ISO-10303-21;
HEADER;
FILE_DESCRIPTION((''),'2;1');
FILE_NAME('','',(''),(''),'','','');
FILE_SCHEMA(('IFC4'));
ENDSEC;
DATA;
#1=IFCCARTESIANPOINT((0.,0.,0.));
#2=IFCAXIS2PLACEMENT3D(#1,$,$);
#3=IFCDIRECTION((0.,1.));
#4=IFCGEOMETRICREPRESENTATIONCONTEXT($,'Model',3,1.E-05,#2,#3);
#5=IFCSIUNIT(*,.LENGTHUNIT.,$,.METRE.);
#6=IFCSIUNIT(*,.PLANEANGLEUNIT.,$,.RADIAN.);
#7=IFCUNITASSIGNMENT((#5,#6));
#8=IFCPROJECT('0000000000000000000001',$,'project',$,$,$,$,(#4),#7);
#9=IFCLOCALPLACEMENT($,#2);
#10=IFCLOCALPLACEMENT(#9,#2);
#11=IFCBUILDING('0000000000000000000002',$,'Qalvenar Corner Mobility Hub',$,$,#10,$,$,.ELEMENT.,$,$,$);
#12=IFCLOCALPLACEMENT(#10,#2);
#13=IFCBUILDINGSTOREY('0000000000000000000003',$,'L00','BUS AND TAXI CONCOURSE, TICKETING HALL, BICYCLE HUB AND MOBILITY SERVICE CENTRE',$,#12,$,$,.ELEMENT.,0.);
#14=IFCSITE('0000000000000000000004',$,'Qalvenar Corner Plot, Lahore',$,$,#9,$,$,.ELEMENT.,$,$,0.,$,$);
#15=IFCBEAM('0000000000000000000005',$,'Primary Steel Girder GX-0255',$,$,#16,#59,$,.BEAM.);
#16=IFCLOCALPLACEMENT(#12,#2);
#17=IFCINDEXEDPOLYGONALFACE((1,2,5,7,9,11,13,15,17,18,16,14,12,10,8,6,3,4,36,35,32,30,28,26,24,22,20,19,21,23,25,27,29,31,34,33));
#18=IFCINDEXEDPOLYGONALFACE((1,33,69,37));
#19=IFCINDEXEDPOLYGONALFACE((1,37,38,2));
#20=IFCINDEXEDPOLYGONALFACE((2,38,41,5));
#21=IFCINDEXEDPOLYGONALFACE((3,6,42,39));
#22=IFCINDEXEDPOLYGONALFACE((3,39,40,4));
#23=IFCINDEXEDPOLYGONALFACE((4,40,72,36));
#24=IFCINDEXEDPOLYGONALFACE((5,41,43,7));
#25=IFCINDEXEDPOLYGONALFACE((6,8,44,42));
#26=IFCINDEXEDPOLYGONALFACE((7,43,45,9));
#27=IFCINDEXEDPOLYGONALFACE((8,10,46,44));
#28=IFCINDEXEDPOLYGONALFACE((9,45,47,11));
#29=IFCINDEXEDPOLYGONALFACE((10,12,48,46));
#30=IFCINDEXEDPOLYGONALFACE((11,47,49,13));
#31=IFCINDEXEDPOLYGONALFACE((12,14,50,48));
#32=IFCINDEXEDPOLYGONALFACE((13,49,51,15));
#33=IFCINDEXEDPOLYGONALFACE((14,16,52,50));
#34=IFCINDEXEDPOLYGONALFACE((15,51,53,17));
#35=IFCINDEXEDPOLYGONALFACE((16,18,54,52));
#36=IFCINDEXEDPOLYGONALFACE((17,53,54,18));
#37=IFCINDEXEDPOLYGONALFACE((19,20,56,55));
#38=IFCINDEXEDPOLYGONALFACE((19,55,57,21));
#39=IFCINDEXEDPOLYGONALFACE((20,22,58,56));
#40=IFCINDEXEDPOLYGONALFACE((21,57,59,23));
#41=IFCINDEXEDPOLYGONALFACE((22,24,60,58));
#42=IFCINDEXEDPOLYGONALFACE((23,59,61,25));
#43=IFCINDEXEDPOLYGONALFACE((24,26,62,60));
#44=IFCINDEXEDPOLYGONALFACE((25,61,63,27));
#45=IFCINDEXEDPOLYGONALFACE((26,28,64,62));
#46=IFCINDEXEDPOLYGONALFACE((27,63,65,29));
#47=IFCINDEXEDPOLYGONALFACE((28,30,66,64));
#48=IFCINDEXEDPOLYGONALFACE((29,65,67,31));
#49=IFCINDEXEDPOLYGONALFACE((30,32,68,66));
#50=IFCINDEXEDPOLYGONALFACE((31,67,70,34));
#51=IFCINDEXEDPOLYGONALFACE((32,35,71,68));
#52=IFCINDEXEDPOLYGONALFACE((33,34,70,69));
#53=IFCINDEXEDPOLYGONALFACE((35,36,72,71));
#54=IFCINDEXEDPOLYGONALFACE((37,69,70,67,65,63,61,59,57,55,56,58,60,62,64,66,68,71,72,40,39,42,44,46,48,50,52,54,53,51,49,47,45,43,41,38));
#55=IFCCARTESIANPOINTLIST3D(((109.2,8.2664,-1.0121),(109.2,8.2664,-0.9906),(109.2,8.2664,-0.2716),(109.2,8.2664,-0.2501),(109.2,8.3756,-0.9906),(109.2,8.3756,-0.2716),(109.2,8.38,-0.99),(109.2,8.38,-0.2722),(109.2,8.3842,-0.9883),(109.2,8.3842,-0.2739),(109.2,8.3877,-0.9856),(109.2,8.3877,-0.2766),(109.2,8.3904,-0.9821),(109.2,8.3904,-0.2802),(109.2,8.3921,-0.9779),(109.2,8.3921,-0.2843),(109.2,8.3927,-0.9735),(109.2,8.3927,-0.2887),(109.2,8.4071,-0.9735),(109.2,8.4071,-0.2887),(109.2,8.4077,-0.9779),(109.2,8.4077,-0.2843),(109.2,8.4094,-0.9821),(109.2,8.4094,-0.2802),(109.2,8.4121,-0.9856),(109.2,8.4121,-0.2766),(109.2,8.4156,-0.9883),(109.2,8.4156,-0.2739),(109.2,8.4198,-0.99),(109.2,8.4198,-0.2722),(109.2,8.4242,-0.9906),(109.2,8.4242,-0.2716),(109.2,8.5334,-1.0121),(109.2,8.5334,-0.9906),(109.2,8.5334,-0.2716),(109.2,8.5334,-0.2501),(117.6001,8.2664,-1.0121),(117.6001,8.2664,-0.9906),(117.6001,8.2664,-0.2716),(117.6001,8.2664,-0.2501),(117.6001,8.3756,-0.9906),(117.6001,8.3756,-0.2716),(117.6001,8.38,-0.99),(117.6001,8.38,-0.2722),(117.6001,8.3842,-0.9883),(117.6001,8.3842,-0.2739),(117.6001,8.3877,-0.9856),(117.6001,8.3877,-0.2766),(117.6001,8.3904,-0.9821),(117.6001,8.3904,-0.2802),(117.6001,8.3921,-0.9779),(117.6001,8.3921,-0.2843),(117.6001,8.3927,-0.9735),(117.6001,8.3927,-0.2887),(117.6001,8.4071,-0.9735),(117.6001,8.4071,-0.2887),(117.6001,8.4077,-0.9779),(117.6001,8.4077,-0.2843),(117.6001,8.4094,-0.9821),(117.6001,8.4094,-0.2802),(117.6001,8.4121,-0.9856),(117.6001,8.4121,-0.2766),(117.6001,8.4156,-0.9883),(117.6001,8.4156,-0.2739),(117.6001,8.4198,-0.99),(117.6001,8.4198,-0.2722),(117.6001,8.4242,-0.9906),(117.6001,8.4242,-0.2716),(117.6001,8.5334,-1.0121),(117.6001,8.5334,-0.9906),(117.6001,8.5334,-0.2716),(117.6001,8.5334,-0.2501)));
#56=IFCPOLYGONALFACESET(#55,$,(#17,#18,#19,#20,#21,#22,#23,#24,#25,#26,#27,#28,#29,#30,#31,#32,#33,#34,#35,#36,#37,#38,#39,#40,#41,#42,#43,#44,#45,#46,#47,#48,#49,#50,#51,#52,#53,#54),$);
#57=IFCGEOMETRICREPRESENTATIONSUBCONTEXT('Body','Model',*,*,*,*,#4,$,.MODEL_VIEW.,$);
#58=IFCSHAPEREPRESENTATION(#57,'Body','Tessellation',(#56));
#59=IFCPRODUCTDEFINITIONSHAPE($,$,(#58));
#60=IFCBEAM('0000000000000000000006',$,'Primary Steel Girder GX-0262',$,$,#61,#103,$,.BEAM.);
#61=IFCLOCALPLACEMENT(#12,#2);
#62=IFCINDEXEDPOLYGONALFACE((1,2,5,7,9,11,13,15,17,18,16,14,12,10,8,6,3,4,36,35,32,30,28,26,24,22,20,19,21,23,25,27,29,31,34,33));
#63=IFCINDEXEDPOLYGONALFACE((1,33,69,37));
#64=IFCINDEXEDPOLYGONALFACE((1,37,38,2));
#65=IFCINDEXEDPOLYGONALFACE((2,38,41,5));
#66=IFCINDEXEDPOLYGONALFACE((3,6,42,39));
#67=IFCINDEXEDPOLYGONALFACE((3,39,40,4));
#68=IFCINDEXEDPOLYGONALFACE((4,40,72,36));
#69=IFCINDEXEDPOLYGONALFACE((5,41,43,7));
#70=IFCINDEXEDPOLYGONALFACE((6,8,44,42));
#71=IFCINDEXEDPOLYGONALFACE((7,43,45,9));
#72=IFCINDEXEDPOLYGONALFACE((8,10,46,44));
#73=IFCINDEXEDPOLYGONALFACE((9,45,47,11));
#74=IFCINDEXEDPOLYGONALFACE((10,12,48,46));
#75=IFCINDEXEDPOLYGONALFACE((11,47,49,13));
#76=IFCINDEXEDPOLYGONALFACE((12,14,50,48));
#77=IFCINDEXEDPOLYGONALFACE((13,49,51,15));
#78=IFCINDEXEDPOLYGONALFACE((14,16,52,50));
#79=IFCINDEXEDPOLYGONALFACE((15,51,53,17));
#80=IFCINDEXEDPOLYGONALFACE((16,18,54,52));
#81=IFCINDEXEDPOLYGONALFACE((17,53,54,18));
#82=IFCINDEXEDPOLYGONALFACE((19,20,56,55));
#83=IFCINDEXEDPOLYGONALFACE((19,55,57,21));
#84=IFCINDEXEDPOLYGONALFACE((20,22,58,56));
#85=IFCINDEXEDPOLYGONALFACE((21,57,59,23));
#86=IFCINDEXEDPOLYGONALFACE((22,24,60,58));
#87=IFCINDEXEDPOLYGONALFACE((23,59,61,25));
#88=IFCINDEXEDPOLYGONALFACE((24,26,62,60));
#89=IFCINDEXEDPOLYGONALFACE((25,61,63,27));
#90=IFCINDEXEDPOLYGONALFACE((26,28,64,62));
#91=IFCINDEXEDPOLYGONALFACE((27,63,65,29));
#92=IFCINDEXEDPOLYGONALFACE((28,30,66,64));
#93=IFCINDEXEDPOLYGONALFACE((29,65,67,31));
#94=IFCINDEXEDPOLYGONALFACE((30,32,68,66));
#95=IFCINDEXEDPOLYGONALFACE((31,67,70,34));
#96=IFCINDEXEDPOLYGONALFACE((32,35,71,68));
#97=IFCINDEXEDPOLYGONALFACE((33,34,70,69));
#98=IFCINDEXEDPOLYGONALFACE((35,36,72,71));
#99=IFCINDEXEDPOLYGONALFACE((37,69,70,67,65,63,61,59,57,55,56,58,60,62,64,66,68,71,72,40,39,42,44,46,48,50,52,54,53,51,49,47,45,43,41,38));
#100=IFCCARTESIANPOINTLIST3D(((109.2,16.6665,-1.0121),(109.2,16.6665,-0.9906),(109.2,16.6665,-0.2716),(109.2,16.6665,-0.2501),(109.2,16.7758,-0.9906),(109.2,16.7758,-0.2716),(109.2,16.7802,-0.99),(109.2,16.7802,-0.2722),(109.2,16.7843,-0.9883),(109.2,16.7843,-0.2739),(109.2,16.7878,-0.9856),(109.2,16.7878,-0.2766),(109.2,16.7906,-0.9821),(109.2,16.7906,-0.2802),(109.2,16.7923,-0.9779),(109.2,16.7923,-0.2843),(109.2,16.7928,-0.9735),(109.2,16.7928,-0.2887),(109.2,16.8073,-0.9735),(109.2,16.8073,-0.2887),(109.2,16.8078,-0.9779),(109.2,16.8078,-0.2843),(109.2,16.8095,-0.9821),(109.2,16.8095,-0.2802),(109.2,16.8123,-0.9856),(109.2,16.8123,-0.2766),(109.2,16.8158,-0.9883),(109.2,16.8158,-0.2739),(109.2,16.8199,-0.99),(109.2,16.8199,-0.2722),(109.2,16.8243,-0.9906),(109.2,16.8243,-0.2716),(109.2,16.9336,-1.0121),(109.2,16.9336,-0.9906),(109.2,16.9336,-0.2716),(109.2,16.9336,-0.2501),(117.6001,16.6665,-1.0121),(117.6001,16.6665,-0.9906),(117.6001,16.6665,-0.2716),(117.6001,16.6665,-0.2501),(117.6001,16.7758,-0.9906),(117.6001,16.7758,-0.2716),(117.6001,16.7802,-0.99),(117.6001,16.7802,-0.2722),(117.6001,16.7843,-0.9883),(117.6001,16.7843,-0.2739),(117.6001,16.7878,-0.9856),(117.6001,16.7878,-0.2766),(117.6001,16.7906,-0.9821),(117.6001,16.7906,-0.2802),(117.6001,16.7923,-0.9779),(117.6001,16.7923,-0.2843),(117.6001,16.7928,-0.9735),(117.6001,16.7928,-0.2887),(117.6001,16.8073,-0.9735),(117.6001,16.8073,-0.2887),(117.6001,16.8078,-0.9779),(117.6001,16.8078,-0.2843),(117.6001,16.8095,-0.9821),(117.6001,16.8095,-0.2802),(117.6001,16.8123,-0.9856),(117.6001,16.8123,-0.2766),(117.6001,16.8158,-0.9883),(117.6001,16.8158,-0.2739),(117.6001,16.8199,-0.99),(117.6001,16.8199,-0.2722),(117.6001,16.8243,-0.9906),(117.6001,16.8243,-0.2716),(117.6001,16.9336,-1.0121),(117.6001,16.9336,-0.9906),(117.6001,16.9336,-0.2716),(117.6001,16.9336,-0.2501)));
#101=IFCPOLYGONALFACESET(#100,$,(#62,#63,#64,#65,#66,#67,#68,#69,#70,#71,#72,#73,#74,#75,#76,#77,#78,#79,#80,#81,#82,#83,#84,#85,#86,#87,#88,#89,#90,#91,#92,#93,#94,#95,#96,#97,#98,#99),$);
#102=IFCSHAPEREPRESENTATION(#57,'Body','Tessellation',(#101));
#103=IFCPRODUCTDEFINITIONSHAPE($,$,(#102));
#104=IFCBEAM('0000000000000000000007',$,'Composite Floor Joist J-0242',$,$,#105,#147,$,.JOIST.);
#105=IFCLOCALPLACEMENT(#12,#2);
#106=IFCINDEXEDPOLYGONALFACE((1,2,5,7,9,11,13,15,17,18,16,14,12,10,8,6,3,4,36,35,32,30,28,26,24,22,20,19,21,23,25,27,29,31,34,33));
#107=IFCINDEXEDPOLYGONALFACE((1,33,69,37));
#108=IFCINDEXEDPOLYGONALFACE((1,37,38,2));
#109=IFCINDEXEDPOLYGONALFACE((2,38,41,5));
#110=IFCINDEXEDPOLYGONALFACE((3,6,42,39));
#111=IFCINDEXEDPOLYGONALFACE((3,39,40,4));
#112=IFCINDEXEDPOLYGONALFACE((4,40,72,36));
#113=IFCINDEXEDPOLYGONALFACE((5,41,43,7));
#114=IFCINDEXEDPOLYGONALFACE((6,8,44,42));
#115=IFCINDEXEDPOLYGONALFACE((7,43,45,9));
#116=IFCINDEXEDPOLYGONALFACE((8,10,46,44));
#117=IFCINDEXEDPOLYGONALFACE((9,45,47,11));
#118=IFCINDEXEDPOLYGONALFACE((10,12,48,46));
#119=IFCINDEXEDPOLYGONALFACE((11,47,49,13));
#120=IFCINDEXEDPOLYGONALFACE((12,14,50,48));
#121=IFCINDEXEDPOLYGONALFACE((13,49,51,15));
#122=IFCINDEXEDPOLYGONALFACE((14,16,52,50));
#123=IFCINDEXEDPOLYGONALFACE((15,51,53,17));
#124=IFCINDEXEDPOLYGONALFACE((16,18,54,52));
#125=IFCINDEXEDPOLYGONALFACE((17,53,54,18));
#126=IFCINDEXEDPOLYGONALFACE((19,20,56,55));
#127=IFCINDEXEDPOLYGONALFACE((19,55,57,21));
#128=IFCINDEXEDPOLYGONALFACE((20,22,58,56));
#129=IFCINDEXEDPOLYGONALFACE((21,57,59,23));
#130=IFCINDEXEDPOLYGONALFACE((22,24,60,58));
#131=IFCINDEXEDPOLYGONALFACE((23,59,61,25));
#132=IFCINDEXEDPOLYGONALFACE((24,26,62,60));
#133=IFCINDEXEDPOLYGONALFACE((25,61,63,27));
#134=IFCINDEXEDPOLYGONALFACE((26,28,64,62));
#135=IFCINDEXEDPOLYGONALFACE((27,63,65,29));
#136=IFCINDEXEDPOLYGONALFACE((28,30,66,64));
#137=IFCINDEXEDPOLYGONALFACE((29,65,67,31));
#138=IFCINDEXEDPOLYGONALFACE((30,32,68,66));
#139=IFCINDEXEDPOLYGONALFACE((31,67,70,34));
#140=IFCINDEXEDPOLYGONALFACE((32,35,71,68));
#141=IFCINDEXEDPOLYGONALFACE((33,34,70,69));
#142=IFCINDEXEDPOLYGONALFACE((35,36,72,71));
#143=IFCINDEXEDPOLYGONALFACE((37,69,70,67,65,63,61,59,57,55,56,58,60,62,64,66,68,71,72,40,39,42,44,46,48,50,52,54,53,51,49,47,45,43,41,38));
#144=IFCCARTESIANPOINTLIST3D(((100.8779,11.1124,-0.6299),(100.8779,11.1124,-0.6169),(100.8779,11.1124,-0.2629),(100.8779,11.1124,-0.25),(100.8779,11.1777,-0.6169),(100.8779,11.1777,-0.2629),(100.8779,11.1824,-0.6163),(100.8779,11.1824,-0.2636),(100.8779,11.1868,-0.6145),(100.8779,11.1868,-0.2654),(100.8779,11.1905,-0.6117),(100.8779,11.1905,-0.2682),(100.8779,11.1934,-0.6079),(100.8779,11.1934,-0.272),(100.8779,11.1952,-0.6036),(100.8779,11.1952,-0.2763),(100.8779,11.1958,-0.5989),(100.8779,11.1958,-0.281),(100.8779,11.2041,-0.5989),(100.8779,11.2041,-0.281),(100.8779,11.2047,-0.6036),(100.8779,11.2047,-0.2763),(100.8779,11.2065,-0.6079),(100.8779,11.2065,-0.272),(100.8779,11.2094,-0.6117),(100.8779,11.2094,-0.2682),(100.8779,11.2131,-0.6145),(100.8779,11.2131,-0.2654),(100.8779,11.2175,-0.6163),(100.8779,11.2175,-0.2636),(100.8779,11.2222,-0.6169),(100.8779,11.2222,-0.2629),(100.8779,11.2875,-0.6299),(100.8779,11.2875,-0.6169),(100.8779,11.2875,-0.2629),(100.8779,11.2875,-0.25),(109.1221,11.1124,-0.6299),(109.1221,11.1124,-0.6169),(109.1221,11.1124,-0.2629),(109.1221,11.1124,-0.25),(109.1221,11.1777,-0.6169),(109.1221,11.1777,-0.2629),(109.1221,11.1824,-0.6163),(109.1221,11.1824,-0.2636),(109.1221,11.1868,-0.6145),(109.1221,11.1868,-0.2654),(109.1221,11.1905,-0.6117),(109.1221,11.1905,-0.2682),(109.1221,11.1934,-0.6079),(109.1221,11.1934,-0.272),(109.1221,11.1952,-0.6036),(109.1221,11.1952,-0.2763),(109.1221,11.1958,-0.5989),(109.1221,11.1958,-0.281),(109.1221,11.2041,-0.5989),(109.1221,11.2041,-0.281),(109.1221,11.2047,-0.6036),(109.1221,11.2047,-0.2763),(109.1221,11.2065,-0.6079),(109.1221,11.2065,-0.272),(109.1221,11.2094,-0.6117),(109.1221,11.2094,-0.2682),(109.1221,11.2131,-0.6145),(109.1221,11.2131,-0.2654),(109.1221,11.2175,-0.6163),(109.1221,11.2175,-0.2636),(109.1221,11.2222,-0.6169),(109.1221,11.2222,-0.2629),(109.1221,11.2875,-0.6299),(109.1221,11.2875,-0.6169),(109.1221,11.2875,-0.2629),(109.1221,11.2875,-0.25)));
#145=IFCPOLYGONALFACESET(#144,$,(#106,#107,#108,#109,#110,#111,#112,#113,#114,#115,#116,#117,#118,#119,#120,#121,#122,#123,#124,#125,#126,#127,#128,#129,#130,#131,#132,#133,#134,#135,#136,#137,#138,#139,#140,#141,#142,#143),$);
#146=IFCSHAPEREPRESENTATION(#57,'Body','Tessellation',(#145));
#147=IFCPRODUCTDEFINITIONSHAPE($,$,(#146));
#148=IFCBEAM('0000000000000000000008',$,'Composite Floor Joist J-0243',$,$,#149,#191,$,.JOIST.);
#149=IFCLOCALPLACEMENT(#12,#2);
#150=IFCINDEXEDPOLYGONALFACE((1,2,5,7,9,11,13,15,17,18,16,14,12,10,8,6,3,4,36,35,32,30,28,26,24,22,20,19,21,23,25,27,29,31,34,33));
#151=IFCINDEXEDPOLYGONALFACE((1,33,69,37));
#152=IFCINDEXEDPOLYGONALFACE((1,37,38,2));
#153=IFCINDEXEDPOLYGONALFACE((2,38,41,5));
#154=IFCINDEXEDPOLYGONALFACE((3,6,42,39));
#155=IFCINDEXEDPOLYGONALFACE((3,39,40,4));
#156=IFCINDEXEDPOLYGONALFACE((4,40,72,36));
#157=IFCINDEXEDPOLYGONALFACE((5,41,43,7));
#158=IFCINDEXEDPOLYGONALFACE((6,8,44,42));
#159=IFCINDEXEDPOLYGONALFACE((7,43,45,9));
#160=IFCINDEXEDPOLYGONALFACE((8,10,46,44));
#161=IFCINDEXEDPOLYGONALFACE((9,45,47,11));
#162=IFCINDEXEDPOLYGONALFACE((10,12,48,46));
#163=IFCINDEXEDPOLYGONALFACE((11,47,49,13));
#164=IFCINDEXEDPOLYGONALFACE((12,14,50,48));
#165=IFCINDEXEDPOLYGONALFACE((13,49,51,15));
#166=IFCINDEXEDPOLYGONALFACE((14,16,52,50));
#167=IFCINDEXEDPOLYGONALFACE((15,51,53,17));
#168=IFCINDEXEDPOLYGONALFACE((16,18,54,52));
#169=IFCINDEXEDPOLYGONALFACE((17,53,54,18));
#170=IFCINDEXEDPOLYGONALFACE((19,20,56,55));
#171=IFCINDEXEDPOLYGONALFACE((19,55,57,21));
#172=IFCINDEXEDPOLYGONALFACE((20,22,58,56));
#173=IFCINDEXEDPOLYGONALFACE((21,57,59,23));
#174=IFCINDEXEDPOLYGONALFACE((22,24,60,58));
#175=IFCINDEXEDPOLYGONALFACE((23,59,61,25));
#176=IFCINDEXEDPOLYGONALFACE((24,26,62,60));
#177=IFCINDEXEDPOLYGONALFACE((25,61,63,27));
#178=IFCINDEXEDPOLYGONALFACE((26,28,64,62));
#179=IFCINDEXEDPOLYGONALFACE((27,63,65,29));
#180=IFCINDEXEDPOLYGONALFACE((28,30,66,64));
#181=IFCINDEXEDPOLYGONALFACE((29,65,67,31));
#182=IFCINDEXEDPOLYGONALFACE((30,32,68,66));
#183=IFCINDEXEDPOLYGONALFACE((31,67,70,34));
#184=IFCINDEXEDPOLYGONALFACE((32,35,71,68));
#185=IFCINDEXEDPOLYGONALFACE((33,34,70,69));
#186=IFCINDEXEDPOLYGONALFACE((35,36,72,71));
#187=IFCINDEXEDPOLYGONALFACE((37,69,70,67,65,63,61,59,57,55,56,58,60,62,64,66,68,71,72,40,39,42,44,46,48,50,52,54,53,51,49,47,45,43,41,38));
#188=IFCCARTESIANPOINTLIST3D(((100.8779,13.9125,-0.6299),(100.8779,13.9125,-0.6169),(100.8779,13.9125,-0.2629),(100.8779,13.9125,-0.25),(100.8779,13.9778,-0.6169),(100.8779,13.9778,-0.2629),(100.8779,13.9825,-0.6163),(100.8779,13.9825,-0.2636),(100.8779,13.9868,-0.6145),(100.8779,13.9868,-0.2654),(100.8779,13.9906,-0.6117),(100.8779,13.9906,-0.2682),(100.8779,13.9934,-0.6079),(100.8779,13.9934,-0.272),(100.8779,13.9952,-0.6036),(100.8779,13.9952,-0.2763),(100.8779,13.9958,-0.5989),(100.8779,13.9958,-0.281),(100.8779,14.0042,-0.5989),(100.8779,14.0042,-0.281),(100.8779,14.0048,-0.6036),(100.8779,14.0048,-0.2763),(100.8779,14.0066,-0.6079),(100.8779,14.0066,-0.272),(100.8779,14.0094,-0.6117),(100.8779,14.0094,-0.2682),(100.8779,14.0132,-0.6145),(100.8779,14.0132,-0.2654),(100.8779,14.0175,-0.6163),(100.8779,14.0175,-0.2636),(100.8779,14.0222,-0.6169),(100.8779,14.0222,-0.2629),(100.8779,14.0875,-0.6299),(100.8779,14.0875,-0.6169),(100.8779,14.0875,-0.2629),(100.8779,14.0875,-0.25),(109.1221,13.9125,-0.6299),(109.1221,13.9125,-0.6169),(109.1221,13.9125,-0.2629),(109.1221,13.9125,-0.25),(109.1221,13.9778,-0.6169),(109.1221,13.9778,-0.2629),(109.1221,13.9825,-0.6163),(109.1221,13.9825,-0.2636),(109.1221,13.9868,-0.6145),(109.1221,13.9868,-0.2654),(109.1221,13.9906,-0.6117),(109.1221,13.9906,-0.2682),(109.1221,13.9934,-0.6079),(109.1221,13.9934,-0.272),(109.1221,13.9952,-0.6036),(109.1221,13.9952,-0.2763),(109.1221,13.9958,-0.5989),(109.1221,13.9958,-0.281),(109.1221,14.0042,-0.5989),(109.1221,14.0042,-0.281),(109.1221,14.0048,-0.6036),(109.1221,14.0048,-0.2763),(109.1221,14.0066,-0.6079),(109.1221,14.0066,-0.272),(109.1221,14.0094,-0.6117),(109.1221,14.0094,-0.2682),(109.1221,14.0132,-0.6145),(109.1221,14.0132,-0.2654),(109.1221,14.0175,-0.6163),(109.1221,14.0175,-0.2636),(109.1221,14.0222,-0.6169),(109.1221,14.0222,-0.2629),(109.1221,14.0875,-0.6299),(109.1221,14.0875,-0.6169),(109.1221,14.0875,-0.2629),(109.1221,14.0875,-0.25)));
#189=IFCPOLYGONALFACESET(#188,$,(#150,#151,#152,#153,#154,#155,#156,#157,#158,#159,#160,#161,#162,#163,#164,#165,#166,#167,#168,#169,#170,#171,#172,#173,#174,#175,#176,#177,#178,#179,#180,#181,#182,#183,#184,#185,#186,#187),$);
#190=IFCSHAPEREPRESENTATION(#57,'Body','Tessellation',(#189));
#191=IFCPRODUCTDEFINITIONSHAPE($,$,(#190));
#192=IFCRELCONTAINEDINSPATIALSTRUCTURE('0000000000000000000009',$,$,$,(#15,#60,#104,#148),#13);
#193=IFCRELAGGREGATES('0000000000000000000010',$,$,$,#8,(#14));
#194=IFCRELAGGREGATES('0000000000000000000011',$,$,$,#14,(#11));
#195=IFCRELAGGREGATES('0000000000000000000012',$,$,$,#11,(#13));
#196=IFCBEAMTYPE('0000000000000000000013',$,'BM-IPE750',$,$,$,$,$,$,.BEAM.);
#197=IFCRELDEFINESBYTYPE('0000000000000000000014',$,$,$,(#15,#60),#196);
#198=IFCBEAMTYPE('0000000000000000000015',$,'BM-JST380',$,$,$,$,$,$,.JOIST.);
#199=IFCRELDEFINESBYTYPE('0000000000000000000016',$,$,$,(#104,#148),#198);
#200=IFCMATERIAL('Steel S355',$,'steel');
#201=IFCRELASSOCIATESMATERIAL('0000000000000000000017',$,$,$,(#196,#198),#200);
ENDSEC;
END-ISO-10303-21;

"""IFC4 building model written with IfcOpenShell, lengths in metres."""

from ifc_helpers import new_model, si_unit, direction, frame, origin, origin_2d, place, context, subcontext, project, spatial, i_section, extrude, material, material_profile, profile_set, type_object, element, save


model = new_model("IFC4")

# Units and contexts
model_context = context("Model", 3, precision=1e-05, world=origin(), true_north=direction((0.0, 1.0)))
body_context = subcontext(model_context, "Body", "Model", "MODEL_VIEW")
ifc_project = project(units=[si_unit("LENGTHUNIT", "METRE"), si_unit("PLANEANGLEUNIT", "RADIAN")], contexts=[model_context])

# Site, building, storey
site_placement = place(None, origin())
site = spatial("IfcSite", under=ifc_project, at=site_placement, Name="Qalvenar Corner Plot, Lahore", CompositionType="ELEMENT", RefElevation=0.0)
building_placement = place(site_placement, origin())
building = spatial("IfcBuilding", under=site, at=building_placement, Name="Qalvenar Corner Mobility Hub", CompositionType="ELEMENT")
storey_placement = place(building_placement, origin())
storey = spatial("IfcBuildingStorey", under=building, at=storey_placement, Name="L00", Description="BUS AND TAXI CONCOURSE, TICKETING HALL, BICYCLE HUB AND MOBILITY SERVICE CENTRE", CompositionType="ELEMENT", Elevation=0.0)

# Shared definitions
ifc_material_1 = material(Name="Steel S355", Category="steel")

# Beams
ifc_material_profile_1 = material_profile(ifc_material_1, i_section(OverallWidth=0.2671, OverallDepth=0.762, WebThickness=0.0144, FlangeThickness=0.0215, FilletRadius=0.0171, at=origin_2d()), Name="IPE750x173")
ifc_profile_set_1 = profile_set([ifc_material_profile_1], Name="Steel S355")
beam_type_1 = type_object("IfcBeamType", Name="BM-IPE750", PredefinedType="BEAM", material=ifc_profile_set_1)
for number, where, z_axis, x_axis, name in (
    (1, (109.2, 8.3999, -0.6311), (1.0, 0.0, 0.0), (0.0, 1.0, 0.0), "Primary Steel Girder GX-0255"),
    (2, (109.2, 16.8, -0.6311), (1.0, 0.0, 0.0), (0.0, 1.0, 0.0), "Primary Steel Girder GX-0262"),
):
    element("IfcBeam", number, at=place(storey_placement, frame(where, z_axis=z_axis, x_axis=x_axis)), inside=storey, type_object=beam_type_1, Name=name, PredefinedType="BEAM", context=body_context, shape_type="SweptSolid", body=[
        extrude(i_section(OverallWidth=0.2671, OverallDepth=0.762, WebThickness=0.0144, FlangeThickness=0.0215, FilletRadius=0.0171, at=origin_2d()), origin(), (0.0, 0.0, 1.0), 8.4001),
    ])
ifc_material_profile_2 = material_profile(ifc_material_1, i_section(OverallWidth=0.175, OverallDepth=0.3799, WebThickness=0.0083, FlangeThickness=0.0129, FilletRadius=0.0181, at=origin_2d()), Name="IPE380-EQ")
ifc_profile_set_2 = profile_set([ifc_material_profile_2], Name="Steel S355")
beam_type_2 = type_object("IfcBeamType", Name="BM-JST380", PredefinedType="JOIST", material=ifc_profile_set_2)
for number, where, z_axis, x_axis, name in (
    (3, (100.8779, 11.2, -0.4399), (1.0, 0.0, 0.0), (0.0, 1.0, 0.0), "Composite Floor Joist J-0242"),
    (4, (100.8779, 14.0, -0.4399), (1.0, 0.0, 0.0), (0.0, 1.0, 0.0), "Composite Floor Joist J-0243"),
):
    element("IfcBeam", number, at=place(storey_placement, frame(where, z_axis=z_axis, x_axis=x_axis)), inside=storey, type_object=beam_type_2, Name=name, PredefinedType="JOIST", context=body_context, shape_type="SweptSolid", body=[
        extrude(i_section(OverallWidth=0.175, OverallDepth=0.3799, WebThickness=0.0083, FlangeThickness=0.0129, FilletRadius=0.0181, at=origin_2d()), origin(), (0.0, 0.0, 1.0), 8.2441),
    ])

save(model, "model.ifc")
